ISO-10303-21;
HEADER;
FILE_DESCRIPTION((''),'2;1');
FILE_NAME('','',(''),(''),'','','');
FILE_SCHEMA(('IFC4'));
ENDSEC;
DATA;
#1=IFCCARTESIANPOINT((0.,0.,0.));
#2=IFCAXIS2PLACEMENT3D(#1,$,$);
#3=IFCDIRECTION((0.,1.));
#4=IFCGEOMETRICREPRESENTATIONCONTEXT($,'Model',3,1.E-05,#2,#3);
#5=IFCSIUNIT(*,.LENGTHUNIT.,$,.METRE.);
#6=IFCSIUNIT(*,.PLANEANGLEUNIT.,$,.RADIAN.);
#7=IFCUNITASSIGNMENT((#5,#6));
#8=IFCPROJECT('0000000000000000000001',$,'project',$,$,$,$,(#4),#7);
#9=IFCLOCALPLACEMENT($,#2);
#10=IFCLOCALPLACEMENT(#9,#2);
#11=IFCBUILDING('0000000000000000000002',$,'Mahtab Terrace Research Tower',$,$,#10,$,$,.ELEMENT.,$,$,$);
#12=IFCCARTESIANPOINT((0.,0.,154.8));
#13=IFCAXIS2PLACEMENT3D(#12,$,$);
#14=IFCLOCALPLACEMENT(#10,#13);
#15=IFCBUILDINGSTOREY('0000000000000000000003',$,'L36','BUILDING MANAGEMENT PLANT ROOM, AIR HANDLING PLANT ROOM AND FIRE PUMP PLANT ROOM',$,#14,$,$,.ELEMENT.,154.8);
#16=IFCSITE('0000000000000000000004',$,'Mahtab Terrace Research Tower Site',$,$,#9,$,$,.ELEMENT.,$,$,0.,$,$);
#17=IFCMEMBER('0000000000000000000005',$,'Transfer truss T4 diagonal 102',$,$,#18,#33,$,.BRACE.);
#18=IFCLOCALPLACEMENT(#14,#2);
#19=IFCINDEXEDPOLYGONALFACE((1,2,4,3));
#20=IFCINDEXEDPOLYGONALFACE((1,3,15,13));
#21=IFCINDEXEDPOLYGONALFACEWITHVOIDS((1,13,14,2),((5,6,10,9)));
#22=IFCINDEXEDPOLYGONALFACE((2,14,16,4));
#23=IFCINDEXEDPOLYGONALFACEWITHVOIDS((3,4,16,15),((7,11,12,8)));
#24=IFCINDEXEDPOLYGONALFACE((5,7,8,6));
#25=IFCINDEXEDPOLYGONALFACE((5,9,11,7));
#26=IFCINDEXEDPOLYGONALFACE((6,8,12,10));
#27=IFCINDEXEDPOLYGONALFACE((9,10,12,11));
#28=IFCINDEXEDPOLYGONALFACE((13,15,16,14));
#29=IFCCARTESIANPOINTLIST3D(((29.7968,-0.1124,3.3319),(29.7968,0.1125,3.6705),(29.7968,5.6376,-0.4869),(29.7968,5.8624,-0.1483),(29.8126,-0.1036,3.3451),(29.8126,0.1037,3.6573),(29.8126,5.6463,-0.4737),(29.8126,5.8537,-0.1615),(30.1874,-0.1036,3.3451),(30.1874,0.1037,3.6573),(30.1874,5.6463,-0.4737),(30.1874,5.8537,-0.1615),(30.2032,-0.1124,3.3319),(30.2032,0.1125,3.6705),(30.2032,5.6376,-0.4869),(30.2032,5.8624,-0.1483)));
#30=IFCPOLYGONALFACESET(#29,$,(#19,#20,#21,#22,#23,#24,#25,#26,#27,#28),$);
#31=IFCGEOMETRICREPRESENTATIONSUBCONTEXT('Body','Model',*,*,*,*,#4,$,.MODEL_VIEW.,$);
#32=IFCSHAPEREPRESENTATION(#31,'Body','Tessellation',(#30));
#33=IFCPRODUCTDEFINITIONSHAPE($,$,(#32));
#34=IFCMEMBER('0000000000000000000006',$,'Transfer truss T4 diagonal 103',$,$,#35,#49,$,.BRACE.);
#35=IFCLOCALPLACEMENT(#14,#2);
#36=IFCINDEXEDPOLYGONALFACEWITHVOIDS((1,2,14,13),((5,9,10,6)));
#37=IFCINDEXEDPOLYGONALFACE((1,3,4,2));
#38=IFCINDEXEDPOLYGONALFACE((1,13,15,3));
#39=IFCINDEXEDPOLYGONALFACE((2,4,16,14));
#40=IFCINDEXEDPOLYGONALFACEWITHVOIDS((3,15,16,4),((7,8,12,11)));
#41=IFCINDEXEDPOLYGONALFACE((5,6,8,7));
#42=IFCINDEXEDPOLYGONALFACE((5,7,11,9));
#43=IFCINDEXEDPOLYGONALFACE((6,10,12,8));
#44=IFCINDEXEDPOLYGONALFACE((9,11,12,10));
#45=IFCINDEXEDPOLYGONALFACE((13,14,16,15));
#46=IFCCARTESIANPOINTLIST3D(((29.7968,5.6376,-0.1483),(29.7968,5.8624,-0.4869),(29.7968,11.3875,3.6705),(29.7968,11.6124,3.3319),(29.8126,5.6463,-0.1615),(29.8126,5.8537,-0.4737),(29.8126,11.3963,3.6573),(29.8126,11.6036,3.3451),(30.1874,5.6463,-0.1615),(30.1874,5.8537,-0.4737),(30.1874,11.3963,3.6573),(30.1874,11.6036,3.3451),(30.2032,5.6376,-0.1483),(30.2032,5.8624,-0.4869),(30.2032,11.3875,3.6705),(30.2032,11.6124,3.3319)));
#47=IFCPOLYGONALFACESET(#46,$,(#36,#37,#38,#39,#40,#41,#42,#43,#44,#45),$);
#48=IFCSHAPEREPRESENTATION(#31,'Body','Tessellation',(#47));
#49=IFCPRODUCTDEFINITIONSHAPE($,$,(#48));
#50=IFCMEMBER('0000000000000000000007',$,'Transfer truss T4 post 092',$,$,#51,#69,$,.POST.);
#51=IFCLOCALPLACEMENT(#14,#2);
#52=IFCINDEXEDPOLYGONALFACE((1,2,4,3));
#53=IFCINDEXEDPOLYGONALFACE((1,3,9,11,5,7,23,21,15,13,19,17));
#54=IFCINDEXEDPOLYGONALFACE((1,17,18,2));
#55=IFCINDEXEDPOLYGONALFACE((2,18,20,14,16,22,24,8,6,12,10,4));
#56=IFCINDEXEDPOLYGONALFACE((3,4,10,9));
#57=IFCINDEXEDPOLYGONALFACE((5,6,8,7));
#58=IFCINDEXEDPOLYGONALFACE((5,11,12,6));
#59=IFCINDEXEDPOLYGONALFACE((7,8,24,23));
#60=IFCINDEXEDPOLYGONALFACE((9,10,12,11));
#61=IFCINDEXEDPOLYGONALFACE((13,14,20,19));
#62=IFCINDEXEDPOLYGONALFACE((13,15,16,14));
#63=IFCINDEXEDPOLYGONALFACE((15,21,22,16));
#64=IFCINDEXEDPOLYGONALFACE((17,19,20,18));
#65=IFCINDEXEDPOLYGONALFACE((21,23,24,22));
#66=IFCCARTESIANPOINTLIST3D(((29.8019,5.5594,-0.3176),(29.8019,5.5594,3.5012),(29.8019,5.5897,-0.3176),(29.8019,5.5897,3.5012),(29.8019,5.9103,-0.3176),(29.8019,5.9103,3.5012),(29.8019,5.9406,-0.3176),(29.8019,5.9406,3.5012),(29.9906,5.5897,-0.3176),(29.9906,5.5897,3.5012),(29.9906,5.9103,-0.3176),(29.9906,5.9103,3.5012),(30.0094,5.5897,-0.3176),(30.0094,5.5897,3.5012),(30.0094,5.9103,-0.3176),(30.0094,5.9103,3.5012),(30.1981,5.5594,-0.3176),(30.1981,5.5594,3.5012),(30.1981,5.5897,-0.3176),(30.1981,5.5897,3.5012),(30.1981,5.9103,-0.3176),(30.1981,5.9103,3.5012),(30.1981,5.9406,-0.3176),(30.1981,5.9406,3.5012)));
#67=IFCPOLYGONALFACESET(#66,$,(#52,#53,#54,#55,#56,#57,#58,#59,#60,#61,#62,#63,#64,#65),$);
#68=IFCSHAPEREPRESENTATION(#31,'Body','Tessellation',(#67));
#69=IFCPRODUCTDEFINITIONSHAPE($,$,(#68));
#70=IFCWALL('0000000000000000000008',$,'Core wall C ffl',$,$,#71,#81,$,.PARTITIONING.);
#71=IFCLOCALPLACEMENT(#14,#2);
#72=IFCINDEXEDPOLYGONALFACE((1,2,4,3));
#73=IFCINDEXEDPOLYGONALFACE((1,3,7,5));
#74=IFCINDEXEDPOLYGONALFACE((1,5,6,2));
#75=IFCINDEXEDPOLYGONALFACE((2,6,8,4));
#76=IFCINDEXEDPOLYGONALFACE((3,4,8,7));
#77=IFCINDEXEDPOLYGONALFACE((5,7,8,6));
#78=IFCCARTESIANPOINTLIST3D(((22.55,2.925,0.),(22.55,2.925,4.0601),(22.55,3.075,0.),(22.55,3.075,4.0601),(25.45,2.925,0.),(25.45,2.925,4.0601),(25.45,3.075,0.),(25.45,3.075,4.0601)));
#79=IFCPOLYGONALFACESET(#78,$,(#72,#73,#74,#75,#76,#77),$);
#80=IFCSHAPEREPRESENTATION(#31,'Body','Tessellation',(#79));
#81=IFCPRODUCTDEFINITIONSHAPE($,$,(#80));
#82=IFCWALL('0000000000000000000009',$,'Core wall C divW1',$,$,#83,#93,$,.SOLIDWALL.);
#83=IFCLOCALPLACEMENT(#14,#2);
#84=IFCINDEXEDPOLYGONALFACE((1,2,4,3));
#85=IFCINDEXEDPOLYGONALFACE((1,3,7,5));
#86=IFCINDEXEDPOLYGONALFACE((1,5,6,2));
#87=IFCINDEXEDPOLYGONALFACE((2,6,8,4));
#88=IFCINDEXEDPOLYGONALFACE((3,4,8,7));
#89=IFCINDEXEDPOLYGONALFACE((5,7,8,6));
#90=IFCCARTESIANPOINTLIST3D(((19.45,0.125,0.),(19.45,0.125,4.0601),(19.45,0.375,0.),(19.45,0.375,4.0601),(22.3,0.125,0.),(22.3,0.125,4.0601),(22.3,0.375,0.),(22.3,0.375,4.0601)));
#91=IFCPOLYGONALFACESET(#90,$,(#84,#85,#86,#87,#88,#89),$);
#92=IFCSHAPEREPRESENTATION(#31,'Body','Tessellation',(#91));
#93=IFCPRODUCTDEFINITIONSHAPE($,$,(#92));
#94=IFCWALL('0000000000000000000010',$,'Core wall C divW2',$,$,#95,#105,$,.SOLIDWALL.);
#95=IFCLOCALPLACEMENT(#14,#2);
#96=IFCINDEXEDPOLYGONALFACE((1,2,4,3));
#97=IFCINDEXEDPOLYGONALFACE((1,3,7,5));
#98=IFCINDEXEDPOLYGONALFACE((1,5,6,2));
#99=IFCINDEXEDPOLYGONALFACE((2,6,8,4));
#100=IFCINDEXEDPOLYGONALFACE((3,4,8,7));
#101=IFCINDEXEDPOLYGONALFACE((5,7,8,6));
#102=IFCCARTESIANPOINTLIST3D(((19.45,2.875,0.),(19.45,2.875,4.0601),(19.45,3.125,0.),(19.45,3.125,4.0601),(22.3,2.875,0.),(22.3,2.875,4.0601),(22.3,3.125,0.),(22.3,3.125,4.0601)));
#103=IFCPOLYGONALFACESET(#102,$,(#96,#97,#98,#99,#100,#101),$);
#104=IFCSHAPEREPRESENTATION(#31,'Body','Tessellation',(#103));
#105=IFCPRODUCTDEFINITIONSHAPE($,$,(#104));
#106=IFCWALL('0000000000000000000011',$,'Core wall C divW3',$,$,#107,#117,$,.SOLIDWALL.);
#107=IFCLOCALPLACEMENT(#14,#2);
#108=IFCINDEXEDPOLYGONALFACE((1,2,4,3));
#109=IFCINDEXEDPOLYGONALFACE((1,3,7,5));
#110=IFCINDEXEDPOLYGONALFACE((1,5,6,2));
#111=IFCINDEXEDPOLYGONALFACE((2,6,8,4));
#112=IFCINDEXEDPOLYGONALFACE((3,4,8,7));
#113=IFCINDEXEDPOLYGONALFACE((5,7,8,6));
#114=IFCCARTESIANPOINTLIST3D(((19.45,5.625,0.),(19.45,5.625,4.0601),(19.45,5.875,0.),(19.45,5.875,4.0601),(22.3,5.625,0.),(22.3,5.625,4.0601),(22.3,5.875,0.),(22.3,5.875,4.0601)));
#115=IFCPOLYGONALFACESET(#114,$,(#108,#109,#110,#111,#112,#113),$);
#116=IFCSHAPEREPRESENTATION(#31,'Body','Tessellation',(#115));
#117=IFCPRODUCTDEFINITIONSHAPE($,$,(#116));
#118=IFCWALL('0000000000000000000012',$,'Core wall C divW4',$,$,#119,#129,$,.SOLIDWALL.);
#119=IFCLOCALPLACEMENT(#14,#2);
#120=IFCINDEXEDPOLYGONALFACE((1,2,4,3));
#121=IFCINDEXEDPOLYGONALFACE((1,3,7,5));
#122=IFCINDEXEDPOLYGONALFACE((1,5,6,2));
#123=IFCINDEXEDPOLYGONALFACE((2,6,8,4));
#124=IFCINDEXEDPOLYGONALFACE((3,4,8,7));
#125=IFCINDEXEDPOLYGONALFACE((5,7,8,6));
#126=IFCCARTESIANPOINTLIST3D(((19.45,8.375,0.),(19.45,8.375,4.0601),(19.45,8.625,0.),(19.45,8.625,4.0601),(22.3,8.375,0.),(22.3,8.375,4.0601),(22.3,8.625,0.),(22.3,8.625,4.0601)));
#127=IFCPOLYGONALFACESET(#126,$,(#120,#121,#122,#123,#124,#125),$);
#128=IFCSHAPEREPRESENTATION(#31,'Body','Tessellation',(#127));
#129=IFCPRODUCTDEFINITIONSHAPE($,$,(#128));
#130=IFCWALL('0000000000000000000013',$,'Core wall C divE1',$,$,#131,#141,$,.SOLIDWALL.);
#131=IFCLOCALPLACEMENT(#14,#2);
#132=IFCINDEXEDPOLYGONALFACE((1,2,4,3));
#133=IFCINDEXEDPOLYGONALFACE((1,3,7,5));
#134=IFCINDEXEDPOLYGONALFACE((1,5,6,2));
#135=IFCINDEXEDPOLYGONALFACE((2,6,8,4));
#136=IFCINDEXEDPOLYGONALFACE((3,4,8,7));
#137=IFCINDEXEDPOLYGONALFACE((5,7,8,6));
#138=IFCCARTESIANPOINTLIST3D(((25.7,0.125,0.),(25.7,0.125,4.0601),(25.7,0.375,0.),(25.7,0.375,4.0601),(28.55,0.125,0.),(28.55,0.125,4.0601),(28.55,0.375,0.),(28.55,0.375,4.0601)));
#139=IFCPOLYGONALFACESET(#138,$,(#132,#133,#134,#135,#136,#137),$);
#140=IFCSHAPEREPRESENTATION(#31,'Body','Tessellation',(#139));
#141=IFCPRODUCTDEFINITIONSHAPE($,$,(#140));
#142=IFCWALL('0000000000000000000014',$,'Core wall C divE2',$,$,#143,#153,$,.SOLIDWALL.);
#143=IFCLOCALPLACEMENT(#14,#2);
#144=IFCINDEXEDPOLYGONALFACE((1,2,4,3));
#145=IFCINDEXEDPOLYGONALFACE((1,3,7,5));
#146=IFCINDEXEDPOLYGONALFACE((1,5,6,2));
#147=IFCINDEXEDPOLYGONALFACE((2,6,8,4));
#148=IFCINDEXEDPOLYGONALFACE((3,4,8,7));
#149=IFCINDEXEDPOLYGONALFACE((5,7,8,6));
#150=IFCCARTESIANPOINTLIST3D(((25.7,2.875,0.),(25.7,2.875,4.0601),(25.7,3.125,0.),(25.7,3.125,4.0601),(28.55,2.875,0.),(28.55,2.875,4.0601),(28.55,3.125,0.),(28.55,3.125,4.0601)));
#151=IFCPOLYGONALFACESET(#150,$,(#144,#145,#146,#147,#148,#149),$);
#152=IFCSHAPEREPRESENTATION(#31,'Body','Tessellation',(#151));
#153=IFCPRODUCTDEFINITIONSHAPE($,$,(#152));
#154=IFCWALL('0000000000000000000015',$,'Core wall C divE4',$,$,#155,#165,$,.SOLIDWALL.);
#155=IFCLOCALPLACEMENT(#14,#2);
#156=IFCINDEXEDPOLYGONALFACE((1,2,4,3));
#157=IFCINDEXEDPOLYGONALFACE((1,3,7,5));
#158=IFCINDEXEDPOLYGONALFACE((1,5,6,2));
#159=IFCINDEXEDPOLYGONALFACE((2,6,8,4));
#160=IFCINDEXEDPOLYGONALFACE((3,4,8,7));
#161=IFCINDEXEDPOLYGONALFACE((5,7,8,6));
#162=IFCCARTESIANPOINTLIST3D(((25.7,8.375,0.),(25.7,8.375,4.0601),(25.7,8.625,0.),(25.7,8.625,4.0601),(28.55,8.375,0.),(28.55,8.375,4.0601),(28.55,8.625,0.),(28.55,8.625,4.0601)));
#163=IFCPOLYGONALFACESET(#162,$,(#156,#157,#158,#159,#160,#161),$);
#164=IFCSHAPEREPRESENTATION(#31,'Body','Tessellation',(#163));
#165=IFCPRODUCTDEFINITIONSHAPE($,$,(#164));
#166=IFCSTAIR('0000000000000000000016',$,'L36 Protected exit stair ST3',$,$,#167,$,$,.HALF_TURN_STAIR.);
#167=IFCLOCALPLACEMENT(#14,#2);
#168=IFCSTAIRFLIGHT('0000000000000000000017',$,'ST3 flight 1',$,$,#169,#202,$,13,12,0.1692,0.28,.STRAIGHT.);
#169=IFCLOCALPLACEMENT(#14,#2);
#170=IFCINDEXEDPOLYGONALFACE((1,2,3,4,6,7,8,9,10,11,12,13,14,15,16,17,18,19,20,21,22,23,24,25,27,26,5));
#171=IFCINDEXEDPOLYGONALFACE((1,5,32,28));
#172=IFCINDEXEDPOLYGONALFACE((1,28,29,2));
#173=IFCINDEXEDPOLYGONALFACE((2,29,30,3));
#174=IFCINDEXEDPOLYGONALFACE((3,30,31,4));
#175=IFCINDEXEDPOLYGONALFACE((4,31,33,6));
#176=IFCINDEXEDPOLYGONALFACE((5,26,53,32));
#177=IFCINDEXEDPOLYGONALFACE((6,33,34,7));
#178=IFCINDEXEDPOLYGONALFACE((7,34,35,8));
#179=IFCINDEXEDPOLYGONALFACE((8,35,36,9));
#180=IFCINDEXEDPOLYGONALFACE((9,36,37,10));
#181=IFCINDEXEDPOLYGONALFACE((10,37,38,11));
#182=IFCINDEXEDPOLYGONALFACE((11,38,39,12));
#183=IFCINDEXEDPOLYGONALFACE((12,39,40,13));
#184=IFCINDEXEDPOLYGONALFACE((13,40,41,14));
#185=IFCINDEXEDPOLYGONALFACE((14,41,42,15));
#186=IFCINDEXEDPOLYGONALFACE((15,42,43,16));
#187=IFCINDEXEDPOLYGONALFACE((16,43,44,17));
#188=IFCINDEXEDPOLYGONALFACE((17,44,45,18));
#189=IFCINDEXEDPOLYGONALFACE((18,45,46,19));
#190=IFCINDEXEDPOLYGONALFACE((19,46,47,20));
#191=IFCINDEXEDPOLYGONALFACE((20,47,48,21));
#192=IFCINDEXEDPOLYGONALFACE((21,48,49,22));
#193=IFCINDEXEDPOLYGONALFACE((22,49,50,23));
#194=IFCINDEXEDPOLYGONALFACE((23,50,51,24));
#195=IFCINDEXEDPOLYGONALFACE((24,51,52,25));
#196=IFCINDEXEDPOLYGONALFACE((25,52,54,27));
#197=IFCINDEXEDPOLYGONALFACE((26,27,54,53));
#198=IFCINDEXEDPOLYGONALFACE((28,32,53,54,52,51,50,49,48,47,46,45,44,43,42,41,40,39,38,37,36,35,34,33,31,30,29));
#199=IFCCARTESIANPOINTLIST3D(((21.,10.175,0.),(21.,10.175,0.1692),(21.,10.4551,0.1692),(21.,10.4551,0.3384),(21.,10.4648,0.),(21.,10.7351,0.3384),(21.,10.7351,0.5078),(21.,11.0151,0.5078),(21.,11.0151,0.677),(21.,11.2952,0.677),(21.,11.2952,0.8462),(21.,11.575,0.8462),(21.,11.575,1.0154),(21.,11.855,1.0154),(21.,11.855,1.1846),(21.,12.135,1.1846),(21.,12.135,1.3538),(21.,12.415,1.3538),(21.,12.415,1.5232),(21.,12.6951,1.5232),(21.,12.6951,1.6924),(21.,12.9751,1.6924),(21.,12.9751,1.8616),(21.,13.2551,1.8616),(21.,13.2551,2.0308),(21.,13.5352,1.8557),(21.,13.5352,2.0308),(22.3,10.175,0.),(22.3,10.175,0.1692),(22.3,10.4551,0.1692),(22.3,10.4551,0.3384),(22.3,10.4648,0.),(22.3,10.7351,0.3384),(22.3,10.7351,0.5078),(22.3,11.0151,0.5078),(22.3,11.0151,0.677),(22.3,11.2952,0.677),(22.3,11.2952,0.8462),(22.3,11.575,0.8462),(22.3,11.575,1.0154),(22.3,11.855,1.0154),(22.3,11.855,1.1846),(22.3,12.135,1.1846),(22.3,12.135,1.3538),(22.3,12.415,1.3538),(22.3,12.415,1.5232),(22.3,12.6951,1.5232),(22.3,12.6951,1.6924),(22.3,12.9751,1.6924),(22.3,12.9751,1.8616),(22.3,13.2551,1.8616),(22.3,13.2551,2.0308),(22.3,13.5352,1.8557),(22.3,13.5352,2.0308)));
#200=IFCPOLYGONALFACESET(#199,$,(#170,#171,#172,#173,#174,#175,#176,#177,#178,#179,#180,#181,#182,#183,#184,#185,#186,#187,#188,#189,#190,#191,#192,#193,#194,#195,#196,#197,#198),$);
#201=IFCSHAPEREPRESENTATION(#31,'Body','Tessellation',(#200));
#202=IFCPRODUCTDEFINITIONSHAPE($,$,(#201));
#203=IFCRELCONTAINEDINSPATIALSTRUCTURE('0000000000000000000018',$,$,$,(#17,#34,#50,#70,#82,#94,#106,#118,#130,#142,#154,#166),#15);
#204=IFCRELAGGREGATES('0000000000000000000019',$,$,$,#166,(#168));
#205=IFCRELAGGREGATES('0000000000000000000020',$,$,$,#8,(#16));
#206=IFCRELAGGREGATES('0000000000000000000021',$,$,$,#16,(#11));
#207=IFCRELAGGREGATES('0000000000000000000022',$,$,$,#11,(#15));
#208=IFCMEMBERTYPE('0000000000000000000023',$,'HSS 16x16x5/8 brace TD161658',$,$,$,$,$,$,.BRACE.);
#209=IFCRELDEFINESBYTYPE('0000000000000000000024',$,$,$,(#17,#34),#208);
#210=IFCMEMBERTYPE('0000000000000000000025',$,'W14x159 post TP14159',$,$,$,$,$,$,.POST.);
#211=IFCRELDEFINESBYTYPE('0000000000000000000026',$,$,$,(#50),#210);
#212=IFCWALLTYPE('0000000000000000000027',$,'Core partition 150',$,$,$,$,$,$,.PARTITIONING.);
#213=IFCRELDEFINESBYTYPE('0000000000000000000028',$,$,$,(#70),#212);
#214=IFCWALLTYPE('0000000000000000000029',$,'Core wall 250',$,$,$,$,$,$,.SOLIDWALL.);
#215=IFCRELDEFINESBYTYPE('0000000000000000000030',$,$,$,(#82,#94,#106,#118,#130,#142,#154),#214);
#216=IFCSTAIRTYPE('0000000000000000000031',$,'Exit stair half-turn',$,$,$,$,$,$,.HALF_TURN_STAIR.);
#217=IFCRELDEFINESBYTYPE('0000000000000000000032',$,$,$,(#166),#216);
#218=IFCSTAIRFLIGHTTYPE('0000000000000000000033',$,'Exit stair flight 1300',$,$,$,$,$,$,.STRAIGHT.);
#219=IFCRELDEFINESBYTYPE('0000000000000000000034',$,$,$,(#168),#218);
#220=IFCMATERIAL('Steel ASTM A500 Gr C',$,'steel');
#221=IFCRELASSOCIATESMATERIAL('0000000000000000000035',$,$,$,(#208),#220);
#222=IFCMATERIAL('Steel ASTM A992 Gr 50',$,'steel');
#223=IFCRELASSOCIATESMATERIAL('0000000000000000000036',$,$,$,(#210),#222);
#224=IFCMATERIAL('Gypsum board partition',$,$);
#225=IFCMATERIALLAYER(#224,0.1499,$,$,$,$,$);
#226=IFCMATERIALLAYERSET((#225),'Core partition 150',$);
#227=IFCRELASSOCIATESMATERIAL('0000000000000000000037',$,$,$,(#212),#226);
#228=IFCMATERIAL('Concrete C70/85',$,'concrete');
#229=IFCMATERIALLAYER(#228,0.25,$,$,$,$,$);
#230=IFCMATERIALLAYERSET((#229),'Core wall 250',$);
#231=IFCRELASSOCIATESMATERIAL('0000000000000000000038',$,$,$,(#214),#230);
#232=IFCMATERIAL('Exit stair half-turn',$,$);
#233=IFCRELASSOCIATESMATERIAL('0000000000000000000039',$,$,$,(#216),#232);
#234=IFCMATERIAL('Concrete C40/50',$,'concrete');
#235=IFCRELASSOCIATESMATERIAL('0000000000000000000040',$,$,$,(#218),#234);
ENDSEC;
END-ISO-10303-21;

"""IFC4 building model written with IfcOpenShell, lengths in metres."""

from ifc_helpers import new_model, si_unit, direction, frame, frame_2d, origin, origin_2d, place, context, subcontext, project, spatial, polyline, rectangle, hollow_rectangle, i_section, outline, extrude, material, layer, layer_set, material_profile, profile_set, type_object, element, aggregate, save


model = new_model("IFC4")

# Units and contexts
model_context = context("Model", 3, precision=1e-05, world=origin(), true_north=direction((0.0, 1.0)))
body_context = subcontext(model_context, "Body", "Model", "MODEL_VIEW")
ifc_project = project(units=[si_unit("LENGTHUNIT", "METRE"), si_unit("PLANEANGLEUNIT", "RADIAN")], contexts=[model_context])

# Site, building, storey
site_placement = place(None, origin())
site = spatial("IfcSite", under=ifc_project, at=site_placement, Name="Mahtab Terrace Research Tower Site", CompositionType="ELEMENT", RefElevation=0.0)
building_placement = place(site_placement, origin())
building = spatial("IfcBuilding", under=site, at=building_placement, Name="Mahtab Terrace Research Tower", CompositionType="ELEMENT")
storey_placement = place(building_placement, frame((0.0, 0.0, 154.8)))
storey = spatial("IfcBuildingStorey", under=building, at=storey_placement, Name="L36", Description="BUILDING MANAGEMENT PLANT ROOM, AIR HANDLING PLANT ROOM AND FIRE PUMP PLANT ROOM", CompositionType="ELEMENT", Elevation=154.8)

# Members
ifc_material_1 = material(Name="Steel ASTM A500 Gr C", Category="steel")
ifc_material_profile_1 = material_profile(ifc_material_1, hollow_rectangle(XDim=0.4065, YDim=0.4065, WallThickness=0.0159, at=origin_2d()), Name="HSS16X16X5/8")
ifc_profile_set_1 = profile_set([ifc_material_profile_1], Name="Steel ASTM A500 Gr C")
member_type_1 = type_object("IfcMemberType", Name="HSS 16x16x5/8 brace TD161658", PredefinedType="BRACE", material=ifc_profile_set_1)
for number, where, z_axis, x_axis, name in (
    (1, (30.0, 5.75, -0.3176), (0.0, -0.833018, 0.553246), (1.0, 0.0, 0.0), "Transfer truss T4 diagonal 102"),
    (2, (30.0, 5.75, -0.3176), (0.0, 0.833018, 0.553246), (-1.0, 0.0, 0.0), "Transfer truss T4 diagonal 103"),
):
    element("IfcMember", number, at=place(storey_placement, frame(where, z_axis=z_axis, x_axis=x_axis)), inside=storey, type_object=member_type_1, Name=name, PredefinedType="BRACE", context=body_context, shape_type="SweptSolid", body=[
        extrude(hollow_rectangle(XDim=0.4065, YDim=0.4065, WallThickness=0.0159, at=origin_2d()), origin(), (0.0, 0.0, 1.0), 6.9026),
    ])
ifc_material_2 = material(Name="Steel ASTM A992 Gr 50", Category="steel")
ifc_material_profile_2 = material_profile(ifc_material_2, i_section(OverallWidth=0.3962, OverallDepth=0.3811, WebThickness=0.0188, FlangeThickness=0.0303, at=origin_2d()), Name="W14X159")
ifc_profile_set_2 = profile_set([ifc_material_profile_2], Name="Steel ASTM A992 Gr 50")
member_type_2 = type_object("IfcMemberType", Name="W14x159 post TP14159", PredefinedType="POST", material=ifc_profile_set_2)
member_placement = place(storey_placement, frame((30.0, 5.75, -0.3176), z_axis=(0.0, 0.0, 1.0), x_axis=(1.0, 0.0, 0.0)))
element("IfcMember", 3, at=member_placement, inside=storey, type_object=member_type_2, Name="Transfer truss T4 post 092", PredefinedType="POST", context=body_context, shape_type="SweptSolid", body=[
    extrude(i_section(OverallWidth=0.3962, OverallDepth=0.3811, WebThickness=0.0188, FlangeThickness=0.0303, at=origin_2d()), origin(), (0.0, 0.0, 1.0), 3.8188),
])

# Walls
ifc_material_3 = material(Name="Gypsum board partition")
ifc_layer_1 = layer(ifc_material_3, 0.1499)
ifc_layer_set_1 = layer_set([ifc_layer_1], Name="Core partition 150")
wall_type_1 = type_object("IfcWallType", Name="Core partition 150", PredefinedType="PARTITIONING", material=ifc_layer_set_1)
wall_placement = place(storey_placement, frame((22.55, 3.0, 0.0), z_axis=(0.0, 0.0, 1.0), x_axis=(1.0, 0.0, 0.0)))
element("IfcWall", 4, at=wall_placement, inside=storey, type_object=wall_type_1, Name="Core wall C ffl", PredefinedType="PARTITIONING", context=body_context, shape_type="SweptSolid", body=[
    extrude(rectangle(XDim=2.8999, YDim=0.1499, at=frame_2d((1.45, 0.0))), origin(), (0.0, 0.0, 1.0), 4.0601),
])
ifc_material_4 = material(Name="Concrete C70/85", Category="concrete")
ifc_layer_2 = layer(ifc_material_4, 0.25)
ifc_layer_set_2 = layer_set([ifc_layer_2], Name="Core wall 250")
wall_type_2 = type_object("IfcWallType", Name="Core wall 250", PredefinedType="SOLIDWALL", material=ifc_layer_set_2)
for number, where, z_axis, x_axis, name in (
    (5, (19.45, 0.25, 0.0), (0.0, 0.0, 1.0), (1.0, 0.0, 0.0), "Core wall C divW1"),
    (6, (19.45, 3.0, 0.0), (0.0, 0.0, 1.0), (1.0, 0.0, 0.0), "Core wall C divW2"),
    (7, (19.45, 5.75, 0.0), (0.0, 0.0, 1.0), (1.0, 0.0, 0.0), "Core wall C divW3"),
    (8, (19.45, 8.5, 0.0), (0.0, 0.0, 1.0), (1.0, 0.0, 0.0), "Core wall C divW4"),
    (9, (25.7, 0.25, 0.0), (0.0, 0.0, 1.0), (1.0, 0.0, 0.0), "Core wall C divE1"),
    (10, (25.7, 3.0, 0.0), (0.0, 0.0, 1.0), (1.0, 0.0, 0.0), "Core wall C divE2"),
    (11, (25.7, 8.5, 0.0), (0.0, 0.0, 1.0), (1.0, 0.0, 0.0), "Core wall C divE4"),
):
    element("IfcWall", number, at=place(storey_placement, frame(where, z_axis=z_axis, x_axis=x_axis)), inside=storey, type_object=wall_type_2, Name=name, PredefinedType="SOLIDWALL", context=body_context, shape_type="SweptSolid", body=[
        extrude(rectangle(XDim=2.8501, YDim=0.25, at=frame_2d((1.425, 0.0))), origin(), (0.0, 0.0, 1.0), 4.0601),
    ])

# Stair, stair flight
ifc_material_5 = material(Name="Exit stair half-turn")
stair_type = type_object("IfcStairType", Name="Exit stair half-turn", PredefinedType="HALF_TURN_STAIR", material=ifc_material_5)
stair_placement = place(storey_placement, origin())
stair = element("IfcStair", 12, at=stair_placement, inside=storey, type_object=stair_type, Name="L36 Protected exit stair ST3", PredefinedType="HALF_TURN_STAIR")
ifc_material_6 = material(Name="Concrete C40/50", Category="concrete")
stair_flight_type = type_object("IfcStairFlightType", Name="Exit stair flight 1300", PredefinedType="STRAIGHT", material=ifc_material_6)
stair_flight_placement = place(storey_placement, frame((21.6499, 10.175, 0.0), z_axis=(0.0, 0.0, 1.0), x_axis=(0.0, 1.0, 0.0)))
stair_flight = element("IfcStairFlight", 13, at=stair_flight_placement, type_object=stair_flight_type, Name="ST3 flight 1", NumberOfRisers=13, NumberOfTreads=12, PredefinedType="STRAIGHT", RiserHeight=0.1692, TreadLength=0.28, context=body_context, shape_type="SweptSolid", body=[
    extrude(outline(polyline([(0.0, 0.0), (0.0, 0.1692), (0.28, 0.1692), (0.28, 0.3384), (0.5601, 0.3384), (0.5601, 0.5078), (0.8401, 0.5078), (0.8401, 0.677), (1.1201, 0.677), (1.1201, 0.8462), (1.3999, 0.8462), (1.3999, 1.0154), (1.6799, 1.0154), (1.6799, 1.1846), (1.96, 1.1846), (1.96, 1.3538), (2.24, 1.3538), (2.24, 1.5232), (2.52, 1.5232), (2.52, 1.6924), (2.8, 1.6924), (2.8, 1.8616), (3.0801, 1.8616), (3.0801, 2.0308), (3.3601, 2.0308), (3.3601, 2.2), (3.3601, 1.8557), (0.2898, 0.0), (0.0, 0.0)])), frame((0.0, 0.6499, 0.0), z_axis=(0.0, -1.0, 0.0), x_axis=(1.0, 0.0, 0.0)), (0.0, 0.0, 1.0), 1.3),
])
aggregate(stair, [stair_flight])

save(model, "model.ifc")
